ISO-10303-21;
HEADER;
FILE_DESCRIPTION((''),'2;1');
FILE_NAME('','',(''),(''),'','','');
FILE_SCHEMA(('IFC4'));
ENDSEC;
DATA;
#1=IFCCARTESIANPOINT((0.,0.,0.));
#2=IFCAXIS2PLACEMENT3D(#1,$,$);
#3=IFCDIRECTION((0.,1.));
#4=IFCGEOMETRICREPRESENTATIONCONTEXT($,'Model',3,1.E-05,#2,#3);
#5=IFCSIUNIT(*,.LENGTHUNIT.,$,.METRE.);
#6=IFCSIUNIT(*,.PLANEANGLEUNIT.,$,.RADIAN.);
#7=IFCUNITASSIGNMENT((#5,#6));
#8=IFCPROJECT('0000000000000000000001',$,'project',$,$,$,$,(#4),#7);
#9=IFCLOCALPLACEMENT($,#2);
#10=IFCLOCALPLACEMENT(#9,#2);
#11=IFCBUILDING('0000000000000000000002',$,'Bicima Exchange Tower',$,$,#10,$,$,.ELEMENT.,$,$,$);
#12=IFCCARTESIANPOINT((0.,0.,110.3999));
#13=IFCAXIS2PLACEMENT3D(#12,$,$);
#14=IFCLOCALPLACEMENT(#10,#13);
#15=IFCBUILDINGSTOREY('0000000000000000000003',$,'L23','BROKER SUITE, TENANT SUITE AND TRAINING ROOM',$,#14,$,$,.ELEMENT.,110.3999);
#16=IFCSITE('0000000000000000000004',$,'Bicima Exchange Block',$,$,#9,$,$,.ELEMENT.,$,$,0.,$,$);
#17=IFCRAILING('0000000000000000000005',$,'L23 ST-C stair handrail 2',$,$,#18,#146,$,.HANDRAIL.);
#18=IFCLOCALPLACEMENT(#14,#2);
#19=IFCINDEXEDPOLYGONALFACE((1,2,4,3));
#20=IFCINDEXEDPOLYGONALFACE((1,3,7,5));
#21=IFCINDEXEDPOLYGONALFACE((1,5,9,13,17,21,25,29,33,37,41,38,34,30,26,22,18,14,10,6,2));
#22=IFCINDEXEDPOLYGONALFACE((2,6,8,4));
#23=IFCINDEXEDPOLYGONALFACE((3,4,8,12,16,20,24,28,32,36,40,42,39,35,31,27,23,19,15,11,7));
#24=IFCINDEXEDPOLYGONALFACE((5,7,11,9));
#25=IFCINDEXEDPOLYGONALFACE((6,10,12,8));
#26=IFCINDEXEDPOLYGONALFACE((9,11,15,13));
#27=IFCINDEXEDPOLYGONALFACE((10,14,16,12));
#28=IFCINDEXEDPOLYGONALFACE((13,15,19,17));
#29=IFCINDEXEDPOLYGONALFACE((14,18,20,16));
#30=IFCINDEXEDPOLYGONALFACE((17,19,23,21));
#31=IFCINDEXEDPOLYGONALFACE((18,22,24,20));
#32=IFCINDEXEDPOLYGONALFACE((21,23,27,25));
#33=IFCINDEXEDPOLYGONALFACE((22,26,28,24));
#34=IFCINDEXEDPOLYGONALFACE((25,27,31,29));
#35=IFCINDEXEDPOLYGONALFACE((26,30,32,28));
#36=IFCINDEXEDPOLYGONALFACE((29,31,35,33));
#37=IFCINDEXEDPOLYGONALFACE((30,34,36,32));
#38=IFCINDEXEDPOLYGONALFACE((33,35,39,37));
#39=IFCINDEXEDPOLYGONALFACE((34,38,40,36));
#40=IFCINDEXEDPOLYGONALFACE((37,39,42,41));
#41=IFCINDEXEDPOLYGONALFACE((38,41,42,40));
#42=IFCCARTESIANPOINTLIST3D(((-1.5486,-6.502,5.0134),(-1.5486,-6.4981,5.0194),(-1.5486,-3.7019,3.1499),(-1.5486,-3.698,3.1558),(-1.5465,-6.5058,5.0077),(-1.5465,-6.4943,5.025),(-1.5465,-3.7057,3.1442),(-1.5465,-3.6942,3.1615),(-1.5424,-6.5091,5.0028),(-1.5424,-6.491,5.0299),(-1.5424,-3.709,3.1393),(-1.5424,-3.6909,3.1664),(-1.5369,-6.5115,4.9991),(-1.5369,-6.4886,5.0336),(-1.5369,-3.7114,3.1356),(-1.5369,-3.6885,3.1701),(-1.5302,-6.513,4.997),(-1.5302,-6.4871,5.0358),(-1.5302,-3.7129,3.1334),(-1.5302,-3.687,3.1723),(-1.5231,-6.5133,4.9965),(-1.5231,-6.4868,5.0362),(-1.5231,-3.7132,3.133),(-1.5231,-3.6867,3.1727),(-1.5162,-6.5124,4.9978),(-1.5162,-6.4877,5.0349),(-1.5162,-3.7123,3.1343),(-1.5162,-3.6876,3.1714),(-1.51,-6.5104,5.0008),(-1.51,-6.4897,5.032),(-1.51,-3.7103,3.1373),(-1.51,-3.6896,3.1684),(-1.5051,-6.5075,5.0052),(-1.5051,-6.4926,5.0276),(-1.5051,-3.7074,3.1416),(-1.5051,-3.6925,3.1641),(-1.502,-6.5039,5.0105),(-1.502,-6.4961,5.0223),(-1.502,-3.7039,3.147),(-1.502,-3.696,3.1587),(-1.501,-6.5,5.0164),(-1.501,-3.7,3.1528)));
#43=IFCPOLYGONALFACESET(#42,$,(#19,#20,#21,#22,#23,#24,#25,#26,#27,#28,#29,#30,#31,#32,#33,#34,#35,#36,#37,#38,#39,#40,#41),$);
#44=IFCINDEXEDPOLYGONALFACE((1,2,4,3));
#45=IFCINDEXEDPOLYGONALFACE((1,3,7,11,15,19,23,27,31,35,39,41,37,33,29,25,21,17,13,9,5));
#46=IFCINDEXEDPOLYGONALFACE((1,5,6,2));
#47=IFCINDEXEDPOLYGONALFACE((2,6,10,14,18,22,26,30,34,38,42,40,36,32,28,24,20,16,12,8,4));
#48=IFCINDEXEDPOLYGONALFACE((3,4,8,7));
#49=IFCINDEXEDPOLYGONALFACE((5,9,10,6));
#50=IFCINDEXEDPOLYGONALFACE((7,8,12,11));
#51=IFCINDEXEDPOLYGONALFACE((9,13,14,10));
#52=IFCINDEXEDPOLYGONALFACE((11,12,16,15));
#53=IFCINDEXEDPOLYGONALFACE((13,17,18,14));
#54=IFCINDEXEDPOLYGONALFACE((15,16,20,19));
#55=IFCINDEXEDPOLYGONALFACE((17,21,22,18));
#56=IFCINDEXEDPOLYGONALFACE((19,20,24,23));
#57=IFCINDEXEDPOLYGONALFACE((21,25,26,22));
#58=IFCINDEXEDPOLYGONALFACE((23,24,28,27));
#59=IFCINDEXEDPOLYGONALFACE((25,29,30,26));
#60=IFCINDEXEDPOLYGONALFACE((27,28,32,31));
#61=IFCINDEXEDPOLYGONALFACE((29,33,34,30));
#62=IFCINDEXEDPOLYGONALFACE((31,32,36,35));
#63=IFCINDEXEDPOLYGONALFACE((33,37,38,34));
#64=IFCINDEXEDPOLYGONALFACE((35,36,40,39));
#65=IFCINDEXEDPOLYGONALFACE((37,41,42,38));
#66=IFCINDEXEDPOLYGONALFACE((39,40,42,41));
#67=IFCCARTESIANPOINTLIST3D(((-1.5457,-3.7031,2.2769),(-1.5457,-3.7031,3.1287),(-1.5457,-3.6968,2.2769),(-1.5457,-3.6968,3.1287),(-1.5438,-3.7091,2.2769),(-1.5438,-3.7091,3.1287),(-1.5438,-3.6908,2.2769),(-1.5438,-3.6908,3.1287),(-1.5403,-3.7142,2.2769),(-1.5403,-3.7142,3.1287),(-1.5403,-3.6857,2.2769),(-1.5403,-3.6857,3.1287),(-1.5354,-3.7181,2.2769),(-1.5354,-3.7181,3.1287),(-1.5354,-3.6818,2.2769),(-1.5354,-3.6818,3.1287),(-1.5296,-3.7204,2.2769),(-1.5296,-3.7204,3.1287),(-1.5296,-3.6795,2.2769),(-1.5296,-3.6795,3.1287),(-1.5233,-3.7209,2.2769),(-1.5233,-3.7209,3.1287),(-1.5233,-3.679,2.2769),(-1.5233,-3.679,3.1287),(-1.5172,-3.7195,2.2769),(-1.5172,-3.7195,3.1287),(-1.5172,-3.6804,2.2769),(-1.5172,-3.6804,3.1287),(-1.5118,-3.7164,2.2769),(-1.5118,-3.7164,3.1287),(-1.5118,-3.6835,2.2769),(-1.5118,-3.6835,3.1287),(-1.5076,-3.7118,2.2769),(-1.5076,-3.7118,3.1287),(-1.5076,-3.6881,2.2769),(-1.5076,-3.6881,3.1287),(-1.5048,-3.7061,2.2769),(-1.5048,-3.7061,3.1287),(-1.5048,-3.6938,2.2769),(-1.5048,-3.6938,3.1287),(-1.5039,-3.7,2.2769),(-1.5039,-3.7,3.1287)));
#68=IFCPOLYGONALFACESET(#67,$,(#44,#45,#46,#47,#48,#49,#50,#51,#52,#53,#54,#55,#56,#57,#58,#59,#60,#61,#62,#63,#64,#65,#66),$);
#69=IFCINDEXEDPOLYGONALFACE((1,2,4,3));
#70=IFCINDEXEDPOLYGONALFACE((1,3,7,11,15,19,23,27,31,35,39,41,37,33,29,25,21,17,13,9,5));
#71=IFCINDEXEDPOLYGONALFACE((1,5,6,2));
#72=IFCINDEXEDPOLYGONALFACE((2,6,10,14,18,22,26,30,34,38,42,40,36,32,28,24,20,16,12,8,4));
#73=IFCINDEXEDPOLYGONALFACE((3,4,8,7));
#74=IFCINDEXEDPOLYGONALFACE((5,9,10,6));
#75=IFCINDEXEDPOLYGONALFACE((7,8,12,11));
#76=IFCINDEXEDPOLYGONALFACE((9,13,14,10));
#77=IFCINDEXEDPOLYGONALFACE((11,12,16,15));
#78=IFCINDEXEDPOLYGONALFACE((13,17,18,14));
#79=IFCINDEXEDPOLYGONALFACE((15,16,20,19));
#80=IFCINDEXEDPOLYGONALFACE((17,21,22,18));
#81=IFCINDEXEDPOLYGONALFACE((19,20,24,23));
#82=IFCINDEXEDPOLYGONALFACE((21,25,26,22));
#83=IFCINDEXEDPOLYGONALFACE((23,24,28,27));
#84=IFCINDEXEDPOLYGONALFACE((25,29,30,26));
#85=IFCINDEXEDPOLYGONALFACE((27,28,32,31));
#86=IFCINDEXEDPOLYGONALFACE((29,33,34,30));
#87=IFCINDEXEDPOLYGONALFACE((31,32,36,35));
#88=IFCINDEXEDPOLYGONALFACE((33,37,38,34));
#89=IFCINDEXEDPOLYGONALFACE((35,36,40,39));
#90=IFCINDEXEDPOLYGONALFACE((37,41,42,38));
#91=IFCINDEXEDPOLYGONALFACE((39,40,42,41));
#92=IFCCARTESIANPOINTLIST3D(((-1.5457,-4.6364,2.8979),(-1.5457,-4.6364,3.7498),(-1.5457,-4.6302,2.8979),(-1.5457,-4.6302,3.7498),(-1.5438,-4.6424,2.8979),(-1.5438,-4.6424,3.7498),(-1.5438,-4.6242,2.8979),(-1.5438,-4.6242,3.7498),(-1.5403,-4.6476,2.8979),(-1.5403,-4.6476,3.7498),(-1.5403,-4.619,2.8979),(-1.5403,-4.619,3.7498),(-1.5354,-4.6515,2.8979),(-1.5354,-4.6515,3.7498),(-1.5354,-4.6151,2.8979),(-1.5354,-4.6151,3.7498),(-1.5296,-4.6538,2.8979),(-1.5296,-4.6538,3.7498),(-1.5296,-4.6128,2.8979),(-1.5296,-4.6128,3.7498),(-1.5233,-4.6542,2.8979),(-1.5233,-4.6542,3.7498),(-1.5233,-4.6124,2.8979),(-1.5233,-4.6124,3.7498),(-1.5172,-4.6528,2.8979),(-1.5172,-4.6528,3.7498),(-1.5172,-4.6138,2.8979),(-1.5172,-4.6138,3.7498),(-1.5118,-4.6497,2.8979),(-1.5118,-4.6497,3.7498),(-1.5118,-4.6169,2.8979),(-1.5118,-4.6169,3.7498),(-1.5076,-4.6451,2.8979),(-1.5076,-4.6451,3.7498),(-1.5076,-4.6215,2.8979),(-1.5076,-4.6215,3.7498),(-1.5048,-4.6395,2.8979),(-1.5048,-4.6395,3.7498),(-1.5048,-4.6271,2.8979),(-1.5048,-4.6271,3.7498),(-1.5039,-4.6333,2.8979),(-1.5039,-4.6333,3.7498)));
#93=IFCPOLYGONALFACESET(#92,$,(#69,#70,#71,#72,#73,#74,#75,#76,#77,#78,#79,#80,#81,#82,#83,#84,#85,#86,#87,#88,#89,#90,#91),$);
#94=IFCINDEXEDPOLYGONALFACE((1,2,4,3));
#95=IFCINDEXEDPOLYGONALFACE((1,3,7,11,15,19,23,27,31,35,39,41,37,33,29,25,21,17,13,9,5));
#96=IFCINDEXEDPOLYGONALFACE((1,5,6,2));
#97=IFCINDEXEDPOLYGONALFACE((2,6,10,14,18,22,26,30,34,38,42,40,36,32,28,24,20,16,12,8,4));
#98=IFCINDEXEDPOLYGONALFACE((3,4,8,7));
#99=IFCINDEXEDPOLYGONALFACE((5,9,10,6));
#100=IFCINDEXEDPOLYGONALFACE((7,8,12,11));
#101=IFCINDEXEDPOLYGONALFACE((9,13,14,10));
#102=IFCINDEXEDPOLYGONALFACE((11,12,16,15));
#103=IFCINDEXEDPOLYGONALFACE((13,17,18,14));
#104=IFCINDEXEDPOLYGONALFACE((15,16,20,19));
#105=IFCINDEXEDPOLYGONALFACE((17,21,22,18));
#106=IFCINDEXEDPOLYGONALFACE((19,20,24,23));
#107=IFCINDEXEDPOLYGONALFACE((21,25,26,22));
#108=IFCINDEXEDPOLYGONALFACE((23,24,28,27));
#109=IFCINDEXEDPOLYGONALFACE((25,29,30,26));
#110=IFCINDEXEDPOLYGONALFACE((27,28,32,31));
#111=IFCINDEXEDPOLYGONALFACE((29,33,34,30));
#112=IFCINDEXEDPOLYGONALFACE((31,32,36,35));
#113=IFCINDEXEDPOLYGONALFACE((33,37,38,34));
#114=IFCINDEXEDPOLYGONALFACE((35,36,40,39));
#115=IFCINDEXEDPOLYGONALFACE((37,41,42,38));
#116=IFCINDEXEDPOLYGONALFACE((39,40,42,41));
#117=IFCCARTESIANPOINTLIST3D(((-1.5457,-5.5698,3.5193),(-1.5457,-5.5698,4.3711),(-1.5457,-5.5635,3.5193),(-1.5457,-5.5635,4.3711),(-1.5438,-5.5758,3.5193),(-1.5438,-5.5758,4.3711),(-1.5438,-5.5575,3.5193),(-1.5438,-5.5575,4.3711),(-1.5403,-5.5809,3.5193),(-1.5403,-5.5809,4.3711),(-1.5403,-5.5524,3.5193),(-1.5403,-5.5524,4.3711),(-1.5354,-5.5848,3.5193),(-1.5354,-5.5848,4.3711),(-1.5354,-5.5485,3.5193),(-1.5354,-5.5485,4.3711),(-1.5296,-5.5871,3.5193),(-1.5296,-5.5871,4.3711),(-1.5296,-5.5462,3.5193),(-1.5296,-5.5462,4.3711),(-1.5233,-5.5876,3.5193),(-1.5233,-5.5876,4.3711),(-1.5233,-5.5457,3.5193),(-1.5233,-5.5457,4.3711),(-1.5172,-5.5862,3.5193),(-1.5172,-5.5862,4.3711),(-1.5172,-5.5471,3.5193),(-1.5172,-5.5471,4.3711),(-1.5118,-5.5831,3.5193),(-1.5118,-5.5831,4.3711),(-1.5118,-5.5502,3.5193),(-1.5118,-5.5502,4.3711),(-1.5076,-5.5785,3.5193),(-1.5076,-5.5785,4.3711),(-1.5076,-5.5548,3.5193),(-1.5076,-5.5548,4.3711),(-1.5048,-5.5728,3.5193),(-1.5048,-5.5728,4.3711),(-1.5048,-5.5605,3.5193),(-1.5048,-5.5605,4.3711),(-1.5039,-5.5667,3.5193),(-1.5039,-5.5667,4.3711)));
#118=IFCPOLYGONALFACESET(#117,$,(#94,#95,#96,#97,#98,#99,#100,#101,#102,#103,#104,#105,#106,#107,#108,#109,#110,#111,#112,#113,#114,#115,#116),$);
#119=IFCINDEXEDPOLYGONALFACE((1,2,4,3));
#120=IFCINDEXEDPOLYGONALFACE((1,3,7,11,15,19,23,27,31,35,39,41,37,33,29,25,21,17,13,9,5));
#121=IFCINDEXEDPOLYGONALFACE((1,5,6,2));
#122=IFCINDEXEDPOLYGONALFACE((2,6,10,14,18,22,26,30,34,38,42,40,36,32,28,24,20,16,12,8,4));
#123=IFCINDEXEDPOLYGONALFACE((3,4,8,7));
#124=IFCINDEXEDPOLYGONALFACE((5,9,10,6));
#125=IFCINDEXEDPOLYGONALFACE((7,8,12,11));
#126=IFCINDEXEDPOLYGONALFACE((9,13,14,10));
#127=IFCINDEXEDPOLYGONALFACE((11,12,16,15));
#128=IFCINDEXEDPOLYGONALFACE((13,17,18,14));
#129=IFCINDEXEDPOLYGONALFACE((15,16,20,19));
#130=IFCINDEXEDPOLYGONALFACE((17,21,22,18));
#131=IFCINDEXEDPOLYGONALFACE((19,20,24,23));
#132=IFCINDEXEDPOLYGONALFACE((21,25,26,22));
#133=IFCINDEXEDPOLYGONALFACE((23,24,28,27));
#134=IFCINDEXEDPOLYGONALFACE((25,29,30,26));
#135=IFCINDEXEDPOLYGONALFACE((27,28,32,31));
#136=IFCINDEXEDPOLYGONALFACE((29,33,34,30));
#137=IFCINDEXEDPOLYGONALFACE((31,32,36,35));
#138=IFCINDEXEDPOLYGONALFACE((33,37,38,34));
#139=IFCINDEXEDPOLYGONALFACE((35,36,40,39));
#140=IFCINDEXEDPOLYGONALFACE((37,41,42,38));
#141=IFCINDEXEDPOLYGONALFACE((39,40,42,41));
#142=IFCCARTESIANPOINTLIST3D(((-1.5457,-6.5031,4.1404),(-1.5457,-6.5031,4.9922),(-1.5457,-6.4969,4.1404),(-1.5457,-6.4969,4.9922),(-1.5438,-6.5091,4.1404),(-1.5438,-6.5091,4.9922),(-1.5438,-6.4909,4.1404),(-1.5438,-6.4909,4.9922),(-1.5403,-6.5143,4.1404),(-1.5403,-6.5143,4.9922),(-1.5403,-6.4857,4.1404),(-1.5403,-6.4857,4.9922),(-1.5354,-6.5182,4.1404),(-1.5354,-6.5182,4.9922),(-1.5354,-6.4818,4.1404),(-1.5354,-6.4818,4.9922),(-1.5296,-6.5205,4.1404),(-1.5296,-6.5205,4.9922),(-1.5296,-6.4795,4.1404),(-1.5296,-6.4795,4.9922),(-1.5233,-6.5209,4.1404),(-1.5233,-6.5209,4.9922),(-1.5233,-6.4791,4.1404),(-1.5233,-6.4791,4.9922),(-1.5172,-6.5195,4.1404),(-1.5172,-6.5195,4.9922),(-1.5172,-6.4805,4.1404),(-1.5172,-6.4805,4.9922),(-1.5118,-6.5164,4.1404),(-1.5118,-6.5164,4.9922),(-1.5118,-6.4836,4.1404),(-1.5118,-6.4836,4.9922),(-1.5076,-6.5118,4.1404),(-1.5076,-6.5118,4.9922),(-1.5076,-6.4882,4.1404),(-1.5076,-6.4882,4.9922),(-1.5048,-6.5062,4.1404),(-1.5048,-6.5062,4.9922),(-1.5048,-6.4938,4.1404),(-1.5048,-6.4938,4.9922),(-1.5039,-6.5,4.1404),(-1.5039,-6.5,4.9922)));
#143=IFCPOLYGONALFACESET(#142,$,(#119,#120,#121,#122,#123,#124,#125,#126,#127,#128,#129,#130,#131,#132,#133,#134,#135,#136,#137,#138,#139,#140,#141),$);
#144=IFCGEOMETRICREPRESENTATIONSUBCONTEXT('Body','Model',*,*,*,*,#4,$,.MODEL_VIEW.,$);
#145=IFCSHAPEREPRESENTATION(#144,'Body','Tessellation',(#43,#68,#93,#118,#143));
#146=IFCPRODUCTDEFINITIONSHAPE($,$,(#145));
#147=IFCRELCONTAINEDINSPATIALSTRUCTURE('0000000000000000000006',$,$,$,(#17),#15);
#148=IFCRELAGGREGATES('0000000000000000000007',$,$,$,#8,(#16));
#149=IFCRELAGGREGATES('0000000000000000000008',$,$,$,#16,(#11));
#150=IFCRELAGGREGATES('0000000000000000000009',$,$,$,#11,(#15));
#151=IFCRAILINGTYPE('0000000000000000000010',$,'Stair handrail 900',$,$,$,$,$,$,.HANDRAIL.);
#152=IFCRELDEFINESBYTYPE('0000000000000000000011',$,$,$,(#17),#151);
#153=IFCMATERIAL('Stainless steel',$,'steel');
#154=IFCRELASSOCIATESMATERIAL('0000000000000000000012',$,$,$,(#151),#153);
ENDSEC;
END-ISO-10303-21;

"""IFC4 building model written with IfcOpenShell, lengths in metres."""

from ifc_helpers import new_model, si_unit, direction, frame, origin, origin_2d, place, context, subcontext, project, spatial, circle, extrude, material, type_object, element, save


model = new_model("IFC4")

# Units and contexts
model_context = context("Model", 3, precision=1e-05, world=origin(), true_north=direction((0.0, 1.0)))
body_context = subcontext(model_context, "Body", "Model", "MODEL_VIEW")
ifc_project = project(units=[si_unit("LENGTHUNIT", "METRE"), si_unit("PLANEANGLEUNIT", "RADIAN")], contexts=[model_context])

# Site, building, storey
site_placement = place(None, origin())
site = spatial("IfcSite", under=ifc_project, at=site_placement, Name="Bicima Exchange Block", CompositionType="ELEMENT", RefElevation=0.0)
building_placement = place(site_placement, origin())
building = spatial("IfcBuilding", under=site, at=building_placement, Name="Bicima Exchange Tower", CompositionType="ELEMENT")
storey_placement = place(building_placement, frame((0.0, 0.0, 110.3999)))
storey = spatial("IfcBuildingStorey", under=building, at=storey_placement, Name="L23", Description="BROKER SUITE, TENANT SUITE AND TRAINING ROOM", CompositionType="ELEMENT", Elevation=110.3999)

# Railing
ifc_material_1 = material(Name="Stainless steel", Category="steel")
railing_type = type_object("IfcRailingType", Name="Stair handrail 900", PredefinedType="HANDRAIL", material=ifc_material_1)
railing_placement = place(storey_placement, frame((-1.5249, -3.7, 2.2769)))
element("IfcRailing", 1, at=railing_placement, inside=storey, type_object=railing_type, Name="L23 ST-C stair handrail 2", PredefinedType="HANDRAIL", context=body_context, shape_type="SweptSolid", body=[
    extrude(circle(Radius=0.0239, at=origin_2d()), frame((0.0, 0.0, 0.876), z_axis=(0.0, -0.832486, 0.554047), x_axis=(1.0, 0.0, 0.0)), (0.0, 0.0, 1.0), 3.3635),
    extrude(circle(Radius=0.021, at=origin_2d()), origin(), (0.0, 0.0, 1.0), 0.8518),
    extrude(circle(Radius=0.021, at=origin_2d()), frame((0.0, -0.9333, 0.6211)), (0.0, 0.0, 1.0), 0.8518),
    extrude(circle(Radius=0.021, at=origin_2d()), frame((0.0, -1.8667, 1.2424)), (0.0, 0.0, 1.0), 0.8518),
    extrude(circle(Radius=0.021, at=origin_2d()), frame((0.0, -2.8, 1.8635)), (0.0, 0.0, 1.0), 0.8518),
])

save(model, "model.ifc")
